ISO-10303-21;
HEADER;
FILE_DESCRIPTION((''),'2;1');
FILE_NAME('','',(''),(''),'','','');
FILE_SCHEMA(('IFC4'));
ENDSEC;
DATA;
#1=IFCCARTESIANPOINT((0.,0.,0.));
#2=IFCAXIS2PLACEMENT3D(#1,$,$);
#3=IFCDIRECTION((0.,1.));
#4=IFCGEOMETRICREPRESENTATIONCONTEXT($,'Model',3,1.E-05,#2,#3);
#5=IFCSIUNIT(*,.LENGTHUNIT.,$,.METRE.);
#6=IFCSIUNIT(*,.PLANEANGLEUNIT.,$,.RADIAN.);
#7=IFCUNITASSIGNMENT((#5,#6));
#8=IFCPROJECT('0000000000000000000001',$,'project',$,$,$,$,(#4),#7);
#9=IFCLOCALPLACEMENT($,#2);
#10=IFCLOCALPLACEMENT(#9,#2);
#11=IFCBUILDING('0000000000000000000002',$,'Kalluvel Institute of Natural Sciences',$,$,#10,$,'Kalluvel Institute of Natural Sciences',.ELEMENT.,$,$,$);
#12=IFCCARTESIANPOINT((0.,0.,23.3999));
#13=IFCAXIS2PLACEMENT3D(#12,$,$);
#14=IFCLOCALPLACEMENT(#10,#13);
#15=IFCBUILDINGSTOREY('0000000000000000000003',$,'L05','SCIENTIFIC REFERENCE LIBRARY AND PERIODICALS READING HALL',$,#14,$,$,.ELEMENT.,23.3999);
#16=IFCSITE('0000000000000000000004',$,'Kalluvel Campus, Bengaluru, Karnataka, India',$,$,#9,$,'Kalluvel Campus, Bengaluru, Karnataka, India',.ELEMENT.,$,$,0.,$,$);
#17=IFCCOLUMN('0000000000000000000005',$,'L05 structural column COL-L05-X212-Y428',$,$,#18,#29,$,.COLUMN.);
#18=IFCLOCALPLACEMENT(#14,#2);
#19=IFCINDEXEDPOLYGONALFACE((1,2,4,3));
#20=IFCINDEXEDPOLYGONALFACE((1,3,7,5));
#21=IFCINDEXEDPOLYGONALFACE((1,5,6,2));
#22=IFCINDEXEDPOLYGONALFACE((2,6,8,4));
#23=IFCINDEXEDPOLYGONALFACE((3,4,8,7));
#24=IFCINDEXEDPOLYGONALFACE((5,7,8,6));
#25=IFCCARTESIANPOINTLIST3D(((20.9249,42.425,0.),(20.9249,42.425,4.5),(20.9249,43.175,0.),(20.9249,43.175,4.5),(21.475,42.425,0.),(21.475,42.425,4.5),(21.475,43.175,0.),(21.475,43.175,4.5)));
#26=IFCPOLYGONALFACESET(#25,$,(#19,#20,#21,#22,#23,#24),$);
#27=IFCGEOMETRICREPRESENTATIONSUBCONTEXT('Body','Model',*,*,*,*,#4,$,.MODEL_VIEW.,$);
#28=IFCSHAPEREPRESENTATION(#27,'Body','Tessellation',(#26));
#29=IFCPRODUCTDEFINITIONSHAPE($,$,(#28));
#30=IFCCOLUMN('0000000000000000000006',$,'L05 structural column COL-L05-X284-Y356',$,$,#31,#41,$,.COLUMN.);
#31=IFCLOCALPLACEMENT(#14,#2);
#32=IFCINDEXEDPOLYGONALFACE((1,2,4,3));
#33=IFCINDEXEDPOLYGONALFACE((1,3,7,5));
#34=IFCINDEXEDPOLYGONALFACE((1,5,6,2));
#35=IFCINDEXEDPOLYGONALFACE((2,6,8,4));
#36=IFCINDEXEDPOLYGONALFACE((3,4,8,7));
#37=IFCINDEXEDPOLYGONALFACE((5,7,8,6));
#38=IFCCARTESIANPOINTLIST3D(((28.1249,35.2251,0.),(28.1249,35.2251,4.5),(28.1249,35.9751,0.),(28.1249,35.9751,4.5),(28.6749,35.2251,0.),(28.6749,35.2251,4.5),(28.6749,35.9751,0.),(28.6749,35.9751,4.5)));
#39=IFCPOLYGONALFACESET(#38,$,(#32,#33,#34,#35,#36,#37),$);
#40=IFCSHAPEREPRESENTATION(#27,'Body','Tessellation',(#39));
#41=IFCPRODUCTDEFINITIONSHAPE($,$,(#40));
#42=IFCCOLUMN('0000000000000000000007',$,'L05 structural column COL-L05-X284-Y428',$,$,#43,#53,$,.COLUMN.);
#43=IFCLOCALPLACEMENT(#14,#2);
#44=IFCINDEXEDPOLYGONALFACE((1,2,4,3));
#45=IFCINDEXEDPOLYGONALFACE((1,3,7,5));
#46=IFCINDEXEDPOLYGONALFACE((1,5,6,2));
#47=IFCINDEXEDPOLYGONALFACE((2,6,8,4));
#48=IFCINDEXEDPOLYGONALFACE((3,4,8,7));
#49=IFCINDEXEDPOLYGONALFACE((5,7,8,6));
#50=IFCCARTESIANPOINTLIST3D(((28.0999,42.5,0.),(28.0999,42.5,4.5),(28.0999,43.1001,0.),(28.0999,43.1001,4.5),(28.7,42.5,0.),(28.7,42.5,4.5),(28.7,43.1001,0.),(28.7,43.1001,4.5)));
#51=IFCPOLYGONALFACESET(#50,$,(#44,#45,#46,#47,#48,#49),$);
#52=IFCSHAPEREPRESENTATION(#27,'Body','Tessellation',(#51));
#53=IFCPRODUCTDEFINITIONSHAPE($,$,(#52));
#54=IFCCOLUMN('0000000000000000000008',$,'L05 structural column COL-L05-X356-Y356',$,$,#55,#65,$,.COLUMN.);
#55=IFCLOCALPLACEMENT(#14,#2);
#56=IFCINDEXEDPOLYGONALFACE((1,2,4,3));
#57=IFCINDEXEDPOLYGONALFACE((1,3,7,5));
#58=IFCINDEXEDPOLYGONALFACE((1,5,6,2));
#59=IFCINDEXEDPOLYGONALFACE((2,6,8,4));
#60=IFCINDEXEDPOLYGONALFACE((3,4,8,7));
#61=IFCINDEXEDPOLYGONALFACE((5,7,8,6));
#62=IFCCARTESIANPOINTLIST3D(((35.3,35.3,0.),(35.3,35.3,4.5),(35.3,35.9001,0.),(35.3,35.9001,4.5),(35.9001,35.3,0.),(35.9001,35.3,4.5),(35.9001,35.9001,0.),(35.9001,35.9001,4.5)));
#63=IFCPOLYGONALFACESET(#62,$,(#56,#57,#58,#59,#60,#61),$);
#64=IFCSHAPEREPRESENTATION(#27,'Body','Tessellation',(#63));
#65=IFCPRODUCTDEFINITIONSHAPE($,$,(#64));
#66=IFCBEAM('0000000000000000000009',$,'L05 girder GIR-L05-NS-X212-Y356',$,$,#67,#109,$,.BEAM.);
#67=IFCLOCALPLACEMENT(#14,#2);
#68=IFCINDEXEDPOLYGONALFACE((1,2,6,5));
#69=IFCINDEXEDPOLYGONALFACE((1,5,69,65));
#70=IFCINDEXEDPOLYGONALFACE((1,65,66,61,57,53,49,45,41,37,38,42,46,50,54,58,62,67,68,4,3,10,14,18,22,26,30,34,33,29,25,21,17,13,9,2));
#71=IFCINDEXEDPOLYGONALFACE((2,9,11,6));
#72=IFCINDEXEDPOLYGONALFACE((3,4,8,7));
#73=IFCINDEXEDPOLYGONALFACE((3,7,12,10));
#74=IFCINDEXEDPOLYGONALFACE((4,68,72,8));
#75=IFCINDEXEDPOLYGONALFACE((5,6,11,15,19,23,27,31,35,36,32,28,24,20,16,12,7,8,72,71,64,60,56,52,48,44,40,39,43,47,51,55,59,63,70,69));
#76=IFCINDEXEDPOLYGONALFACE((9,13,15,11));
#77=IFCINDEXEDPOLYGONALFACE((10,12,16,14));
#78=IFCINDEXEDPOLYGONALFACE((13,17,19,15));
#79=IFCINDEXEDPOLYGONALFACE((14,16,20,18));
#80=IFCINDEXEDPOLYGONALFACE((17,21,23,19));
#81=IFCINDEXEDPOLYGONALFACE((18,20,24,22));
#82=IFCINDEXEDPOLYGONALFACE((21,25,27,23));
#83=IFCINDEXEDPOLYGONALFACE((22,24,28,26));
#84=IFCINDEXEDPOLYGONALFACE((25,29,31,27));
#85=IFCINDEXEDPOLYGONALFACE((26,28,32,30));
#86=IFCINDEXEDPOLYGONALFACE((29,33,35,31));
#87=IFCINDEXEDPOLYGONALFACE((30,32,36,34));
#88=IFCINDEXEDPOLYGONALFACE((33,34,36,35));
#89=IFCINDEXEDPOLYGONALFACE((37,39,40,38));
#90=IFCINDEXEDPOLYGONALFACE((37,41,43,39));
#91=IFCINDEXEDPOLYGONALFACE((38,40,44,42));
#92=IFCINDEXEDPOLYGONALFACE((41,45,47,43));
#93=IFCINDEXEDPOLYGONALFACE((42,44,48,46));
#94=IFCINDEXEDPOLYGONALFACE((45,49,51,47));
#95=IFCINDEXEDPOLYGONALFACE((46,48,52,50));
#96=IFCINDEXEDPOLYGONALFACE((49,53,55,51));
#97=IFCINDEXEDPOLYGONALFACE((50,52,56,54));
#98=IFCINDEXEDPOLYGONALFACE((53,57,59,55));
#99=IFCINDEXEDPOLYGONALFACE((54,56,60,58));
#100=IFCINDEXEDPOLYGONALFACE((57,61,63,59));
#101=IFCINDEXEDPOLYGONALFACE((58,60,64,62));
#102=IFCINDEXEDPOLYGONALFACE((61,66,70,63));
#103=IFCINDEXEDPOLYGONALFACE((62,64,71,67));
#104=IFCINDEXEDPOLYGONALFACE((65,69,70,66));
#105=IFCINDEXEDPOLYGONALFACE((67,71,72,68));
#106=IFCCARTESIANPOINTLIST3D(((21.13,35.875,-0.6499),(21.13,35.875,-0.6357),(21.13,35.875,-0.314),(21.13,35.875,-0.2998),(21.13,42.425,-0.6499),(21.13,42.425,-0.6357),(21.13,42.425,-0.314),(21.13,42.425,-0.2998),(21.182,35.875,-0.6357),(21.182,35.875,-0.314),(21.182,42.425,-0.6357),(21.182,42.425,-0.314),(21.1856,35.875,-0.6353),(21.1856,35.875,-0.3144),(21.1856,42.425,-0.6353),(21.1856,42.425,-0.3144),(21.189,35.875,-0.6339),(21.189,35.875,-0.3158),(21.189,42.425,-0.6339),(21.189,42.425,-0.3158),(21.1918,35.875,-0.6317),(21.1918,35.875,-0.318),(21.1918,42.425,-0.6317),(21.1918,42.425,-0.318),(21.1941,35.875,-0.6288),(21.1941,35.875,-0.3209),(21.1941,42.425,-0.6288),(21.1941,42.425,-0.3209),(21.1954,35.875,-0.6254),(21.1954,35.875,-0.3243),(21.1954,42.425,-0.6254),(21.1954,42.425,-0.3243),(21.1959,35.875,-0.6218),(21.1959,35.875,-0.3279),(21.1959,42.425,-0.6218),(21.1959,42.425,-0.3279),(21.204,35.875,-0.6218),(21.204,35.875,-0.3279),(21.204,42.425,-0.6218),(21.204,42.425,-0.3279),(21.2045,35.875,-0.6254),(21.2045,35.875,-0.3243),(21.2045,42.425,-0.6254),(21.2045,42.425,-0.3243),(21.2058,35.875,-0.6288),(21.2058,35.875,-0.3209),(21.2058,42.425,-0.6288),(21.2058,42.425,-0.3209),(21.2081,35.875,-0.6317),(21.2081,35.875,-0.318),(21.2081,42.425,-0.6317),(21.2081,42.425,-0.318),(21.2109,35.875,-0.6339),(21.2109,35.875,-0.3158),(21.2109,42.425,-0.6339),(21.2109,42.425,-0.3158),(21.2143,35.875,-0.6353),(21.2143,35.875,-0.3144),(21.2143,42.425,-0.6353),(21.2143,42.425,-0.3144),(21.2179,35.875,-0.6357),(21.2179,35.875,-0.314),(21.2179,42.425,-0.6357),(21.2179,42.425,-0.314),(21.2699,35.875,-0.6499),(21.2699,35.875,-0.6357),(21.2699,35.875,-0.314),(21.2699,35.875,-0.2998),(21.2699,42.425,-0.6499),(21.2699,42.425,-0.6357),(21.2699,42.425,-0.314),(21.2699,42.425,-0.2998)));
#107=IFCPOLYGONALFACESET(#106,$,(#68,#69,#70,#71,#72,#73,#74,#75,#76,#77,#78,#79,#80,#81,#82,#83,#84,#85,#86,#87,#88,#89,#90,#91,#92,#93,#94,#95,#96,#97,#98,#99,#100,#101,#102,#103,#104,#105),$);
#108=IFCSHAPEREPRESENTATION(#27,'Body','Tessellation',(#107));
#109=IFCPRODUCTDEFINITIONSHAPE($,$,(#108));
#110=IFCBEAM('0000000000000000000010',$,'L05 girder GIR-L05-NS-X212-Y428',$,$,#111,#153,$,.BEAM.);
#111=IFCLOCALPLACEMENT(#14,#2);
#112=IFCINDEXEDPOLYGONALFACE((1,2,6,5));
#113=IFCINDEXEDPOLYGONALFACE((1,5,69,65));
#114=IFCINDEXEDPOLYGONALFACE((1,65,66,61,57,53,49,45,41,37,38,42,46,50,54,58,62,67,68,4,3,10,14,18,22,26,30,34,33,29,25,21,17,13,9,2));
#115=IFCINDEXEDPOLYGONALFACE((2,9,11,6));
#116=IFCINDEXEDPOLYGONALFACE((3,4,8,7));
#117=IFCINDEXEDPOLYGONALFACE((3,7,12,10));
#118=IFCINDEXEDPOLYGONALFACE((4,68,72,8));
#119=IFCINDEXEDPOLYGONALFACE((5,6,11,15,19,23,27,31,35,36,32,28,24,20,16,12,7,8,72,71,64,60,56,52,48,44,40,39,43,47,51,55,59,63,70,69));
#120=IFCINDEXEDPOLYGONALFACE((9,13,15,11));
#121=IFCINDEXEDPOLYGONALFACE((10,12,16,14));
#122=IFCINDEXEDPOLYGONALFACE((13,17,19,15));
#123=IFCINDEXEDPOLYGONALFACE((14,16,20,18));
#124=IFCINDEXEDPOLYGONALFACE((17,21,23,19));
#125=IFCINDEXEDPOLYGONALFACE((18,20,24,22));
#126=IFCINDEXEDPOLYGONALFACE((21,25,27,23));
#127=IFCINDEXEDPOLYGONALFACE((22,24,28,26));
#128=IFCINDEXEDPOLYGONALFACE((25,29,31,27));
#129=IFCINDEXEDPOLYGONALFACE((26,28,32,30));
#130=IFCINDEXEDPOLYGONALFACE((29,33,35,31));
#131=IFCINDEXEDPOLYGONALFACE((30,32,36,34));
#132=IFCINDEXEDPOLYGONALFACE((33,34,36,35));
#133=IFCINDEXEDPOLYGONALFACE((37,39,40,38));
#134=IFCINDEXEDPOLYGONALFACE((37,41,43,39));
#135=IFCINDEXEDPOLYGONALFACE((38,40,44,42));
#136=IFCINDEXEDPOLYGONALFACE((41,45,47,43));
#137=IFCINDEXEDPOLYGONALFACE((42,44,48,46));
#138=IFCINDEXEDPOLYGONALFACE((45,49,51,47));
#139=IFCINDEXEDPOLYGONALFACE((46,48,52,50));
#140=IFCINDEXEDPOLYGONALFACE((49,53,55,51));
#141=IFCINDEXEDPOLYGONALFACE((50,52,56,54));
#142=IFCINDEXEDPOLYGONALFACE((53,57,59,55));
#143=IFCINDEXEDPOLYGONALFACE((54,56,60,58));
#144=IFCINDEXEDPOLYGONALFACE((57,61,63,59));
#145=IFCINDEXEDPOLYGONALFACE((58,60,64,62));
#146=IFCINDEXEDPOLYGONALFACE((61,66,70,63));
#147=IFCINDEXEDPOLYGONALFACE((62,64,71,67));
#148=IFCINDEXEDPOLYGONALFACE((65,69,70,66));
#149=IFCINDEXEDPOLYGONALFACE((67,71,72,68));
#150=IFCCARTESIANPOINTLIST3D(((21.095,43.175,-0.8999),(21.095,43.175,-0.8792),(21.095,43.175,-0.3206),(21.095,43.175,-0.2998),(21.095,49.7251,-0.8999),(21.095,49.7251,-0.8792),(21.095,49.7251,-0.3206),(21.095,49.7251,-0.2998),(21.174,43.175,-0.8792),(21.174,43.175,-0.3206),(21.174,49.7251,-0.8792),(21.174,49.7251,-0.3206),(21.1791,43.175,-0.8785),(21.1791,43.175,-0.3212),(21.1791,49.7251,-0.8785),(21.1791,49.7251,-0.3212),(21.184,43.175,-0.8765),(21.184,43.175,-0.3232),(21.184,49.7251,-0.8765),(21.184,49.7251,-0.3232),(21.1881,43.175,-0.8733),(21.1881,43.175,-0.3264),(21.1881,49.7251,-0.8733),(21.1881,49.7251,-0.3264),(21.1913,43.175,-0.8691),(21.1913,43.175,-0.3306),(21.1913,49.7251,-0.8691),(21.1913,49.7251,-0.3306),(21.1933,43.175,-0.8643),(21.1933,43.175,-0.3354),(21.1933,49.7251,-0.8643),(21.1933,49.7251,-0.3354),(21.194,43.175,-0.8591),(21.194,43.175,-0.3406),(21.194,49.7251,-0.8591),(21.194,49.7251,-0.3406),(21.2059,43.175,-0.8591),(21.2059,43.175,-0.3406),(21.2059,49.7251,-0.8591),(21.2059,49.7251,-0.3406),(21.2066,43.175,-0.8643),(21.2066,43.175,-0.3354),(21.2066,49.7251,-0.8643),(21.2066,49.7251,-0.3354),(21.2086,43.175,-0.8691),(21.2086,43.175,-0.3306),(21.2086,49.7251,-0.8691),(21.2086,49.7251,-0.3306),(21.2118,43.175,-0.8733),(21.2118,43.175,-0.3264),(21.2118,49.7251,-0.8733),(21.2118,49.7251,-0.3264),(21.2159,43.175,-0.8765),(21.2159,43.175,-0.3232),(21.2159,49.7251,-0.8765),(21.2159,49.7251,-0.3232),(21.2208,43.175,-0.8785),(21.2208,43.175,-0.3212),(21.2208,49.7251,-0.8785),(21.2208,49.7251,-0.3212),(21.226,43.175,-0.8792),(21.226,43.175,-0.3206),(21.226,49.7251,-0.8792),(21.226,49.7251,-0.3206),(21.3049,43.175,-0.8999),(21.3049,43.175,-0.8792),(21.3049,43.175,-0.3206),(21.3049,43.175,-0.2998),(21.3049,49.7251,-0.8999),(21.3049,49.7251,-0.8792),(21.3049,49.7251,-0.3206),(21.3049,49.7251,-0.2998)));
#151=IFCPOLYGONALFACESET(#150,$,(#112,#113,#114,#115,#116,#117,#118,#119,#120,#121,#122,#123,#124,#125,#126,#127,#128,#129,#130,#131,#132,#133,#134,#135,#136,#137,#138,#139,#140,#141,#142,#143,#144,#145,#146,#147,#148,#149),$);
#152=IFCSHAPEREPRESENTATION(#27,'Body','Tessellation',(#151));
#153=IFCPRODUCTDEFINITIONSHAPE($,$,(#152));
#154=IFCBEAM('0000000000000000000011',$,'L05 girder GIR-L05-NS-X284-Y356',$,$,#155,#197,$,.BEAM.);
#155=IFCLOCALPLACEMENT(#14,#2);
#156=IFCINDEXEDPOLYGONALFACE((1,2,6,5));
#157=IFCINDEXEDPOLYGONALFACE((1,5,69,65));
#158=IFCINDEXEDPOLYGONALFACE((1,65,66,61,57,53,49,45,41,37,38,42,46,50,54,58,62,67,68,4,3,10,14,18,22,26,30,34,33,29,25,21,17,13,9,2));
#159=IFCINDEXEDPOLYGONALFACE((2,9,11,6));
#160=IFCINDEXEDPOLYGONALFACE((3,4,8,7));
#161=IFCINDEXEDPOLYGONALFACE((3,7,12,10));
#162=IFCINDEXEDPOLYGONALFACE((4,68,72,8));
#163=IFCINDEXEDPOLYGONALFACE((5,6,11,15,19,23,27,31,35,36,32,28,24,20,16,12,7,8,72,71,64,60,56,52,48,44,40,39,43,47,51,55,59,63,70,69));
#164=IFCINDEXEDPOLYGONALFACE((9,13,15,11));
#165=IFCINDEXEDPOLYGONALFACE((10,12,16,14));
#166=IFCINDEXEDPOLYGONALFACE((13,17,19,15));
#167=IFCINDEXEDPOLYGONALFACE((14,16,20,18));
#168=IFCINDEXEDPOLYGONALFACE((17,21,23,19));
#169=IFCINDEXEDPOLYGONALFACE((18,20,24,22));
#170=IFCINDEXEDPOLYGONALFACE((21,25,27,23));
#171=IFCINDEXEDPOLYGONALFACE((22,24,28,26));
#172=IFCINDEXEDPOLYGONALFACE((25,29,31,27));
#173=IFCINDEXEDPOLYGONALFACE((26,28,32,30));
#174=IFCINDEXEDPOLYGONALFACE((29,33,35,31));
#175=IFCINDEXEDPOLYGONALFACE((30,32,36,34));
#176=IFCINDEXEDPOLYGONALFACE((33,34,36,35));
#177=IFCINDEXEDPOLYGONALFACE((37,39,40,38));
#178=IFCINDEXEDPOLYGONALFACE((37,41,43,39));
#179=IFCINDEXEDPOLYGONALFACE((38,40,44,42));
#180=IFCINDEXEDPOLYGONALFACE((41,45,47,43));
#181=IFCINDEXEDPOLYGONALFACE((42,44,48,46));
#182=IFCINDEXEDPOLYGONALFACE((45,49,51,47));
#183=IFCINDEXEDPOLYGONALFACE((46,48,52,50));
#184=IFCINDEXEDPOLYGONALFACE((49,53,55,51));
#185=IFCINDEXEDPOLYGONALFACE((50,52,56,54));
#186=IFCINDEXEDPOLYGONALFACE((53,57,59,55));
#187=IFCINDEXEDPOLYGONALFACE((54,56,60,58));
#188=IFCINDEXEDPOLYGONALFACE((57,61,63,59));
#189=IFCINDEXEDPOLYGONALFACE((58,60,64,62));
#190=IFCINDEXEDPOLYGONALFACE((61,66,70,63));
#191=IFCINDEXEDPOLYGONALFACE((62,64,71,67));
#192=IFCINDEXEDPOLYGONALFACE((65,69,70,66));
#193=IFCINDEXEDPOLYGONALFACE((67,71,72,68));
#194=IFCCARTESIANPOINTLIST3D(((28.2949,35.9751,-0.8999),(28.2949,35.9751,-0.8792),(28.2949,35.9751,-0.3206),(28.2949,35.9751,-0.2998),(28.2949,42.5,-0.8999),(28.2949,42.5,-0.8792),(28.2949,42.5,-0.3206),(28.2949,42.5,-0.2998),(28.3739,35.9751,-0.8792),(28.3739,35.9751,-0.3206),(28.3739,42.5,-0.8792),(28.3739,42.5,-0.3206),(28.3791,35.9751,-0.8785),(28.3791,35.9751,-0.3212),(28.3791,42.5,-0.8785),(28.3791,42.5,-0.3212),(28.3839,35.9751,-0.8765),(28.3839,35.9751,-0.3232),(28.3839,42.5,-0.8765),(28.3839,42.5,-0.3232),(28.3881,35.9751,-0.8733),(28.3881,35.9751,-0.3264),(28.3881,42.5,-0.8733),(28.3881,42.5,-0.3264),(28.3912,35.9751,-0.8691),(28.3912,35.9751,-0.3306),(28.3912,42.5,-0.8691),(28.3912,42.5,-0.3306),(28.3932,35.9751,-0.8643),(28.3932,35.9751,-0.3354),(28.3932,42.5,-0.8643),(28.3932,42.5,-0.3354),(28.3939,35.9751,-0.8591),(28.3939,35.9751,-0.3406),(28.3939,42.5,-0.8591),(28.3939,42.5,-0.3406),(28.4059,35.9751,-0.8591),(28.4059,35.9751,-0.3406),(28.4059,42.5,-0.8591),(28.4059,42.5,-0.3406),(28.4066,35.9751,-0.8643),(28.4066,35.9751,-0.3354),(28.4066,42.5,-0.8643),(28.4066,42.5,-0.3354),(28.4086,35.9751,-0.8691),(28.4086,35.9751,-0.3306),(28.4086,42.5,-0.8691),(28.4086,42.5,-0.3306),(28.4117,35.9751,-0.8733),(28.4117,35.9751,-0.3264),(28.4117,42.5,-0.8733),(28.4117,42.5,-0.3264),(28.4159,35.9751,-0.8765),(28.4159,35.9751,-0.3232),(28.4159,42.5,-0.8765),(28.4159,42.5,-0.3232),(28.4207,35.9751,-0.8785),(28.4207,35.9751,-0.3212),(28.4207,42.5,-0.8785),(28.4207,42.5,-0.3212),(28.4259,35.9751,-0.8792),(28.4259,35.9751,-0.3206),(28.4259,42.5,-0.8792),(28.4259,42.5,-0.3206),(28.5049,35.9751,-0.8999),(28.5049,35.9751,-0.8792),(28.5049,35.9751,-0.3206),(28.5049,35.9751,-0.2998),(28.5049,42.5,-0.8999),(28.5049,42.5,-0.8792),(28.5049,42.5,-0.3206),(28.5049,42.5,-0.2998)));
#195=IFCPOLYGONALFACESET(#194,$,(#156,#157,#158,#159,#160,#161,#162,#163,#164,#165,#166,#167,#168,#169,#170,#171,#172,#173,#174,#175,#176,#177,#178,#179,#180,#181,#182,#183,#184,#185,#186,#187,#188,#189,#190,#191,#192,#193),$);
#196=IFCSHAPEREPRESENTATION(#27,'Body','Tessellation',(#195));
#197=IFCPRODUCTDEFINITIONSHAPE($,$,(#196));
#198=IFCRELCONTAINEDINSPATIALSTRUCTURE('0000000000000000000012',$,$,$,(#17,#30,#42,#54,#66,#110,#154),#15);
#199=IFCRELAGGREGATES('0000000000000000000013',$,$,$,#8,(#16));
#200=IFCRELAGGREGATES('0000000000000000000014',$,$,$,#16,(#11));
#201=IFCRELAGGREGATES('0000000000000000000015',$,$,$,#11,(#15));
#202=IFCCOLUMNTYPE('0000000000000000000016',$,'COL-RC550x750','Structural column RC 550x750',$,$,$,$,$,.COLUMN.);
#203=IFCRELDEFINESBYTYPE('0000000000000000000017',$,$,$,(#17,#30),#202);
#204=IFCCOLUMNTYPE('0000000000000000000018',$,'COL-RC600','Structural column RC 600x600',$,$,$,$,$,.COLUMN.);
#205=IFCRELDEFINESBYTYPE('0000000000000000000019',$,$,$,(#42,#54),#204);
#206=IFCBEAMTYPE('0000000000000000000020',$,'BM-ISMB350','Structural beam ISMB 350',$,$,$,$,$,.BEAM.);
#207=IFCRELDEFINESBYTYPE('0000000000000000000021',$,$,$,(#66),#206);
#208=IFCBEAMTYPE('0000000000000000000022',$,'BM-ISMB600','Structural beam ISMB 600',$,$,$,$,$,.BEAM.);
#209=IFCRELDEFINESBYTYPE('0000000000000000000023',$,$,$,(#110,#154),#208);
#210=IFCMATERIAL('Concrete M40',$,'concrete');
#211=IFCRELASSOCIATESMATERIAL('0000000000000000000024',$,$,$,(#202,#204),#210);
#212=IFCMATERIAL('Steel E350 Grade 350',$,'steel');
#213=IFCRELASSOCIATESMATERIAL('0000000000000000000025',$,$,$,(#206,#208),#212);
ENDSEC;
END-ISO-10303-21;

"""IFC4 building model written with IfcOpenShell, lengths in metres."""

from ifc_helpers import new_model, si_unit, direction, frame, origin, origin_2d, place, context, subcontext, project, spatial, rectangle, i_section, extrude, material, material_profile, profile_set, type_object, element, save


model = new_model("IFC4")

# Units and contexts
model_context = context("Model", 3, precision=1e-05, world=origin(), true_north=direction((0.0, 1.0)))
body_context = subcontext(model_context, "Body", "Model", "MODEL_VIEW")
ifc_project = project(units=[si_unit("LENGTHUNIT", "METRE"), si_unit("PLANEANGLEUNIT", "RADIAN")], contexts=[model_context])

# Site, building, storey
site_placement = place(None, origin())
site = spatial("IfcSite", under=ifc_project, at=site_placement, Name="Kalluvel Campus, Bengaluru, Karnataka, India", LongName="Kalluvel Campus, Bengaluru, Karnataka, India", CompositionType="ELEMENT", RefElevation=0.0)
building_placement = place(site_placement, origin())
building = spatial("IfcBuilding", under=site, at=building_placement, Name="Kalluvel Institute of Natural Sciences", LongName="Kalluvel Institute of Natural Sciences", CompositionType="ELEMENT")
storey_placement = place(building_placement, frame((0.0, 0.0, 23.3999)))
storey = spatial("IfcBuildingStorey", under=building, at=storey_placement, Name="L05", Description="SCIENTIFIC REFERENCE LIBRARY AND PERIODICALS READING HALL", CompositionType="ELEMENT", Elevation=23.3999)

# Columns
ifc_material_1 = material(Name="Concrete M40", Category="concrete")
ifc_material_profile_1 = material_profile(ifc_material_1, rectangle(XDim=0.55, YDim=0.75, at=origin_2d()), Name="RC 550x750")
ifc_profile_set_1 = profile_set([ifc_material_profile_1], Name="Concrete M40")
column_type_1 = type_object("IfcColumnType", Name="COL-RC550x750", Description="Structural column RC 550x750", PredefinedType="COLUMN", material=ifc_profile_set_1)
for number, where, z_axis, x_axis, name in (
    (1, (21.2, 42.8, 0.0), (0.0, 0.0, 1.0), (1.0, 0.0, 0.0), "L05 structural column COL-L05-X212-Y428"),
    (2, (28.3999, 35.6001, 0.0), (0.0, 0.0, 1.0), (1.0, 0.0, 0.0), "L05 structural column COL-L05-X284-Y356"),
):
    element("IfcColumn", number, at=place(storey_placement, frame(where, z_axis=z_axis, x_axis=x_axis)), inside=storey, type_object=column_type_1, Name=name, PredefinedType="COLUMN", context=body_context, shape_type="SweptSolid", body=[
        extrude(rectangle(XDim=0.55, YDim=0.75, at=origin_2d()), origin(), (0.0, 0.0, 1.0), 4.5),
    ])
ifc_material_profile_2 = material_profile(ifc_material_1, rectangle(XDim=0.6001, YDim=0.6001, at=origin_2d()), Name="RC 600x600")
ifc_profile_set_2 = profile_set([ifc_material_profile_2], Name="Concrete M40")
column_type_2 = type_object("IfcColumnType", Name="COL-RC600", Description="Structural column RC 600x600", PredefinedType="COLUMN", material=ifc_profile_set_2)
for number, where, z_axis, x_axis, name in (
    (3, (28.3999, 42.8, 0.0), (0.0, 0.0, 1.0), (1.0, 0.0, 0.0), "L05 structural column COL-L05-X284-Y428"),
    (4, (35.6001, 35.6001, 0.0), (0.0, 0.0, 1.0), (1.0, 0.0, 0.0), "L05 structural column COL-L05-X356-Y356"),
):
    element("IfcColumn", number, at=place(storey_placement, frame(where, z_axis=z_axis, x_axis=x_axis)), inside=storey, type_object=column_type_2, Name=name, PredefinedType="COLUMN", context=body_context, shape_type="SweptSolid", body=[
        extrude(rectangle(XDim=0.6001, YDim=0.6001, at=origin_2d()), origin(), (0.0, 0.0, 1.0), 4.5),
    ])

# Beams
ifc_material_2 = material(Name="Steel E350 Grade 350", Category="steel")
ifc_material_profile_3 = material_profile(ifc_material_2, i_section(OverallWidth=0.1399, OverallDepth=0.3501, WebThickness=0.0081, FlangeThickness=0.0142, FilletRadius=0.0139, at=origin_2d()), Name="ISMB 350")
ifc_profile_set_3 = profile_set([ifc_material_profile_3], Name="Steel E350 Grade 350")
beam_type_1 = type_object("IfcBeamType", Name="BM-ISMB350", Description="Structural beam ISMB 350", PredefinedType="BEAM", material=ifc_profile_set_3)
beam_1_placement = place(storey_placement, frame((21.2, 35.875, -0.4749), z_axis=(0.0, 1.0, 0.0), x_axis=(-1.0, 0.0, 0.0)))
element("IfcBeam", 5, at=beam_1_placement, inside=storey, type_object=beam_type_1, Name="L05 girder GIR-L05-NS-X212-Y356", PredefinedType="BEAM", context=body_context, shape_type="SweptSolid", body=[
    extrude(i_section(OverallWidth=0.1399, OverallDepth=0.3501, WebThickness=0.0081, FlangeThickness=0.0142, FilletRadius=0.0139, at=origin_2d()), origin(), (0.0, 0.0, 1.0), 6.55),
])
ifc_material_profile_4 = material_profile(ifc_material_2, i_section(OverallWidth=0.21, OverallDepth=0.6001, WebThickness=0.012, FlangeThickness=0.0208, FilletRadius=0.02, at=origin_2d()), Name="ISMB 600")
ifc_profile_set_4 = profile_set([ifc_material_profile_4], Name="Steel E350 Grade 350")
beam_type_2 = type_object("IfcBeamType", Name="BM-ISMB600", Description="Structural beam ISMB 600", PredefinedType="BEAM", material=ifc_profile_set_4)
beam_2_placement = place(storey_placement, frame((21.2, 43.175, -0.5999), z_axis=(0.0, 1.0, 0.0), x_axis=(-1.0, 0.0, 0.0)))
element("IfcBeam", 6, at=beam_2_placement, inside=storey, type_object=beam_type_2, Name="L05 girder GIR-L05-NS-X212-Y428", PredefinedType="BEAM", context=body_context, shape_type="SweptSolid", body=[
    extrude(i_section(OverallWidth=0.21, OverallDepth=0.6001, WebThickness=0.012, FlangeThickness=0.0208, FilletRadius=0.02, at=origin_2d()), origin(), (0.0, 0.0, 1.0), 6.55),
])
beam_3_placement = place(storey_placement, frame((28.3999, 35.9751, -0.5999), z_axis=(0.0, 1.0, 0.0), x_axis=(-1.0, 0.0, 0.0)))
element("IfcBeam", 7, at=beam_3_placement, inside=storey, type_object=beam_type_2, Name="L05 girder GIR-L05-NS-X284-Y356", PredefinedType="BEAM", context=body_context, shape_type="SweptSolid", body=[
    extrude(i_section(OverallWidth=0.21, OverallDepth=0.6001, WebThickness=0.012, FlangeThickness=0.0208, FilletRadius=0.02, at=origin_2d()), origin(), (0.0, 0.0, 1.0), 6.5249),
])

save(model, "model.ifc")
